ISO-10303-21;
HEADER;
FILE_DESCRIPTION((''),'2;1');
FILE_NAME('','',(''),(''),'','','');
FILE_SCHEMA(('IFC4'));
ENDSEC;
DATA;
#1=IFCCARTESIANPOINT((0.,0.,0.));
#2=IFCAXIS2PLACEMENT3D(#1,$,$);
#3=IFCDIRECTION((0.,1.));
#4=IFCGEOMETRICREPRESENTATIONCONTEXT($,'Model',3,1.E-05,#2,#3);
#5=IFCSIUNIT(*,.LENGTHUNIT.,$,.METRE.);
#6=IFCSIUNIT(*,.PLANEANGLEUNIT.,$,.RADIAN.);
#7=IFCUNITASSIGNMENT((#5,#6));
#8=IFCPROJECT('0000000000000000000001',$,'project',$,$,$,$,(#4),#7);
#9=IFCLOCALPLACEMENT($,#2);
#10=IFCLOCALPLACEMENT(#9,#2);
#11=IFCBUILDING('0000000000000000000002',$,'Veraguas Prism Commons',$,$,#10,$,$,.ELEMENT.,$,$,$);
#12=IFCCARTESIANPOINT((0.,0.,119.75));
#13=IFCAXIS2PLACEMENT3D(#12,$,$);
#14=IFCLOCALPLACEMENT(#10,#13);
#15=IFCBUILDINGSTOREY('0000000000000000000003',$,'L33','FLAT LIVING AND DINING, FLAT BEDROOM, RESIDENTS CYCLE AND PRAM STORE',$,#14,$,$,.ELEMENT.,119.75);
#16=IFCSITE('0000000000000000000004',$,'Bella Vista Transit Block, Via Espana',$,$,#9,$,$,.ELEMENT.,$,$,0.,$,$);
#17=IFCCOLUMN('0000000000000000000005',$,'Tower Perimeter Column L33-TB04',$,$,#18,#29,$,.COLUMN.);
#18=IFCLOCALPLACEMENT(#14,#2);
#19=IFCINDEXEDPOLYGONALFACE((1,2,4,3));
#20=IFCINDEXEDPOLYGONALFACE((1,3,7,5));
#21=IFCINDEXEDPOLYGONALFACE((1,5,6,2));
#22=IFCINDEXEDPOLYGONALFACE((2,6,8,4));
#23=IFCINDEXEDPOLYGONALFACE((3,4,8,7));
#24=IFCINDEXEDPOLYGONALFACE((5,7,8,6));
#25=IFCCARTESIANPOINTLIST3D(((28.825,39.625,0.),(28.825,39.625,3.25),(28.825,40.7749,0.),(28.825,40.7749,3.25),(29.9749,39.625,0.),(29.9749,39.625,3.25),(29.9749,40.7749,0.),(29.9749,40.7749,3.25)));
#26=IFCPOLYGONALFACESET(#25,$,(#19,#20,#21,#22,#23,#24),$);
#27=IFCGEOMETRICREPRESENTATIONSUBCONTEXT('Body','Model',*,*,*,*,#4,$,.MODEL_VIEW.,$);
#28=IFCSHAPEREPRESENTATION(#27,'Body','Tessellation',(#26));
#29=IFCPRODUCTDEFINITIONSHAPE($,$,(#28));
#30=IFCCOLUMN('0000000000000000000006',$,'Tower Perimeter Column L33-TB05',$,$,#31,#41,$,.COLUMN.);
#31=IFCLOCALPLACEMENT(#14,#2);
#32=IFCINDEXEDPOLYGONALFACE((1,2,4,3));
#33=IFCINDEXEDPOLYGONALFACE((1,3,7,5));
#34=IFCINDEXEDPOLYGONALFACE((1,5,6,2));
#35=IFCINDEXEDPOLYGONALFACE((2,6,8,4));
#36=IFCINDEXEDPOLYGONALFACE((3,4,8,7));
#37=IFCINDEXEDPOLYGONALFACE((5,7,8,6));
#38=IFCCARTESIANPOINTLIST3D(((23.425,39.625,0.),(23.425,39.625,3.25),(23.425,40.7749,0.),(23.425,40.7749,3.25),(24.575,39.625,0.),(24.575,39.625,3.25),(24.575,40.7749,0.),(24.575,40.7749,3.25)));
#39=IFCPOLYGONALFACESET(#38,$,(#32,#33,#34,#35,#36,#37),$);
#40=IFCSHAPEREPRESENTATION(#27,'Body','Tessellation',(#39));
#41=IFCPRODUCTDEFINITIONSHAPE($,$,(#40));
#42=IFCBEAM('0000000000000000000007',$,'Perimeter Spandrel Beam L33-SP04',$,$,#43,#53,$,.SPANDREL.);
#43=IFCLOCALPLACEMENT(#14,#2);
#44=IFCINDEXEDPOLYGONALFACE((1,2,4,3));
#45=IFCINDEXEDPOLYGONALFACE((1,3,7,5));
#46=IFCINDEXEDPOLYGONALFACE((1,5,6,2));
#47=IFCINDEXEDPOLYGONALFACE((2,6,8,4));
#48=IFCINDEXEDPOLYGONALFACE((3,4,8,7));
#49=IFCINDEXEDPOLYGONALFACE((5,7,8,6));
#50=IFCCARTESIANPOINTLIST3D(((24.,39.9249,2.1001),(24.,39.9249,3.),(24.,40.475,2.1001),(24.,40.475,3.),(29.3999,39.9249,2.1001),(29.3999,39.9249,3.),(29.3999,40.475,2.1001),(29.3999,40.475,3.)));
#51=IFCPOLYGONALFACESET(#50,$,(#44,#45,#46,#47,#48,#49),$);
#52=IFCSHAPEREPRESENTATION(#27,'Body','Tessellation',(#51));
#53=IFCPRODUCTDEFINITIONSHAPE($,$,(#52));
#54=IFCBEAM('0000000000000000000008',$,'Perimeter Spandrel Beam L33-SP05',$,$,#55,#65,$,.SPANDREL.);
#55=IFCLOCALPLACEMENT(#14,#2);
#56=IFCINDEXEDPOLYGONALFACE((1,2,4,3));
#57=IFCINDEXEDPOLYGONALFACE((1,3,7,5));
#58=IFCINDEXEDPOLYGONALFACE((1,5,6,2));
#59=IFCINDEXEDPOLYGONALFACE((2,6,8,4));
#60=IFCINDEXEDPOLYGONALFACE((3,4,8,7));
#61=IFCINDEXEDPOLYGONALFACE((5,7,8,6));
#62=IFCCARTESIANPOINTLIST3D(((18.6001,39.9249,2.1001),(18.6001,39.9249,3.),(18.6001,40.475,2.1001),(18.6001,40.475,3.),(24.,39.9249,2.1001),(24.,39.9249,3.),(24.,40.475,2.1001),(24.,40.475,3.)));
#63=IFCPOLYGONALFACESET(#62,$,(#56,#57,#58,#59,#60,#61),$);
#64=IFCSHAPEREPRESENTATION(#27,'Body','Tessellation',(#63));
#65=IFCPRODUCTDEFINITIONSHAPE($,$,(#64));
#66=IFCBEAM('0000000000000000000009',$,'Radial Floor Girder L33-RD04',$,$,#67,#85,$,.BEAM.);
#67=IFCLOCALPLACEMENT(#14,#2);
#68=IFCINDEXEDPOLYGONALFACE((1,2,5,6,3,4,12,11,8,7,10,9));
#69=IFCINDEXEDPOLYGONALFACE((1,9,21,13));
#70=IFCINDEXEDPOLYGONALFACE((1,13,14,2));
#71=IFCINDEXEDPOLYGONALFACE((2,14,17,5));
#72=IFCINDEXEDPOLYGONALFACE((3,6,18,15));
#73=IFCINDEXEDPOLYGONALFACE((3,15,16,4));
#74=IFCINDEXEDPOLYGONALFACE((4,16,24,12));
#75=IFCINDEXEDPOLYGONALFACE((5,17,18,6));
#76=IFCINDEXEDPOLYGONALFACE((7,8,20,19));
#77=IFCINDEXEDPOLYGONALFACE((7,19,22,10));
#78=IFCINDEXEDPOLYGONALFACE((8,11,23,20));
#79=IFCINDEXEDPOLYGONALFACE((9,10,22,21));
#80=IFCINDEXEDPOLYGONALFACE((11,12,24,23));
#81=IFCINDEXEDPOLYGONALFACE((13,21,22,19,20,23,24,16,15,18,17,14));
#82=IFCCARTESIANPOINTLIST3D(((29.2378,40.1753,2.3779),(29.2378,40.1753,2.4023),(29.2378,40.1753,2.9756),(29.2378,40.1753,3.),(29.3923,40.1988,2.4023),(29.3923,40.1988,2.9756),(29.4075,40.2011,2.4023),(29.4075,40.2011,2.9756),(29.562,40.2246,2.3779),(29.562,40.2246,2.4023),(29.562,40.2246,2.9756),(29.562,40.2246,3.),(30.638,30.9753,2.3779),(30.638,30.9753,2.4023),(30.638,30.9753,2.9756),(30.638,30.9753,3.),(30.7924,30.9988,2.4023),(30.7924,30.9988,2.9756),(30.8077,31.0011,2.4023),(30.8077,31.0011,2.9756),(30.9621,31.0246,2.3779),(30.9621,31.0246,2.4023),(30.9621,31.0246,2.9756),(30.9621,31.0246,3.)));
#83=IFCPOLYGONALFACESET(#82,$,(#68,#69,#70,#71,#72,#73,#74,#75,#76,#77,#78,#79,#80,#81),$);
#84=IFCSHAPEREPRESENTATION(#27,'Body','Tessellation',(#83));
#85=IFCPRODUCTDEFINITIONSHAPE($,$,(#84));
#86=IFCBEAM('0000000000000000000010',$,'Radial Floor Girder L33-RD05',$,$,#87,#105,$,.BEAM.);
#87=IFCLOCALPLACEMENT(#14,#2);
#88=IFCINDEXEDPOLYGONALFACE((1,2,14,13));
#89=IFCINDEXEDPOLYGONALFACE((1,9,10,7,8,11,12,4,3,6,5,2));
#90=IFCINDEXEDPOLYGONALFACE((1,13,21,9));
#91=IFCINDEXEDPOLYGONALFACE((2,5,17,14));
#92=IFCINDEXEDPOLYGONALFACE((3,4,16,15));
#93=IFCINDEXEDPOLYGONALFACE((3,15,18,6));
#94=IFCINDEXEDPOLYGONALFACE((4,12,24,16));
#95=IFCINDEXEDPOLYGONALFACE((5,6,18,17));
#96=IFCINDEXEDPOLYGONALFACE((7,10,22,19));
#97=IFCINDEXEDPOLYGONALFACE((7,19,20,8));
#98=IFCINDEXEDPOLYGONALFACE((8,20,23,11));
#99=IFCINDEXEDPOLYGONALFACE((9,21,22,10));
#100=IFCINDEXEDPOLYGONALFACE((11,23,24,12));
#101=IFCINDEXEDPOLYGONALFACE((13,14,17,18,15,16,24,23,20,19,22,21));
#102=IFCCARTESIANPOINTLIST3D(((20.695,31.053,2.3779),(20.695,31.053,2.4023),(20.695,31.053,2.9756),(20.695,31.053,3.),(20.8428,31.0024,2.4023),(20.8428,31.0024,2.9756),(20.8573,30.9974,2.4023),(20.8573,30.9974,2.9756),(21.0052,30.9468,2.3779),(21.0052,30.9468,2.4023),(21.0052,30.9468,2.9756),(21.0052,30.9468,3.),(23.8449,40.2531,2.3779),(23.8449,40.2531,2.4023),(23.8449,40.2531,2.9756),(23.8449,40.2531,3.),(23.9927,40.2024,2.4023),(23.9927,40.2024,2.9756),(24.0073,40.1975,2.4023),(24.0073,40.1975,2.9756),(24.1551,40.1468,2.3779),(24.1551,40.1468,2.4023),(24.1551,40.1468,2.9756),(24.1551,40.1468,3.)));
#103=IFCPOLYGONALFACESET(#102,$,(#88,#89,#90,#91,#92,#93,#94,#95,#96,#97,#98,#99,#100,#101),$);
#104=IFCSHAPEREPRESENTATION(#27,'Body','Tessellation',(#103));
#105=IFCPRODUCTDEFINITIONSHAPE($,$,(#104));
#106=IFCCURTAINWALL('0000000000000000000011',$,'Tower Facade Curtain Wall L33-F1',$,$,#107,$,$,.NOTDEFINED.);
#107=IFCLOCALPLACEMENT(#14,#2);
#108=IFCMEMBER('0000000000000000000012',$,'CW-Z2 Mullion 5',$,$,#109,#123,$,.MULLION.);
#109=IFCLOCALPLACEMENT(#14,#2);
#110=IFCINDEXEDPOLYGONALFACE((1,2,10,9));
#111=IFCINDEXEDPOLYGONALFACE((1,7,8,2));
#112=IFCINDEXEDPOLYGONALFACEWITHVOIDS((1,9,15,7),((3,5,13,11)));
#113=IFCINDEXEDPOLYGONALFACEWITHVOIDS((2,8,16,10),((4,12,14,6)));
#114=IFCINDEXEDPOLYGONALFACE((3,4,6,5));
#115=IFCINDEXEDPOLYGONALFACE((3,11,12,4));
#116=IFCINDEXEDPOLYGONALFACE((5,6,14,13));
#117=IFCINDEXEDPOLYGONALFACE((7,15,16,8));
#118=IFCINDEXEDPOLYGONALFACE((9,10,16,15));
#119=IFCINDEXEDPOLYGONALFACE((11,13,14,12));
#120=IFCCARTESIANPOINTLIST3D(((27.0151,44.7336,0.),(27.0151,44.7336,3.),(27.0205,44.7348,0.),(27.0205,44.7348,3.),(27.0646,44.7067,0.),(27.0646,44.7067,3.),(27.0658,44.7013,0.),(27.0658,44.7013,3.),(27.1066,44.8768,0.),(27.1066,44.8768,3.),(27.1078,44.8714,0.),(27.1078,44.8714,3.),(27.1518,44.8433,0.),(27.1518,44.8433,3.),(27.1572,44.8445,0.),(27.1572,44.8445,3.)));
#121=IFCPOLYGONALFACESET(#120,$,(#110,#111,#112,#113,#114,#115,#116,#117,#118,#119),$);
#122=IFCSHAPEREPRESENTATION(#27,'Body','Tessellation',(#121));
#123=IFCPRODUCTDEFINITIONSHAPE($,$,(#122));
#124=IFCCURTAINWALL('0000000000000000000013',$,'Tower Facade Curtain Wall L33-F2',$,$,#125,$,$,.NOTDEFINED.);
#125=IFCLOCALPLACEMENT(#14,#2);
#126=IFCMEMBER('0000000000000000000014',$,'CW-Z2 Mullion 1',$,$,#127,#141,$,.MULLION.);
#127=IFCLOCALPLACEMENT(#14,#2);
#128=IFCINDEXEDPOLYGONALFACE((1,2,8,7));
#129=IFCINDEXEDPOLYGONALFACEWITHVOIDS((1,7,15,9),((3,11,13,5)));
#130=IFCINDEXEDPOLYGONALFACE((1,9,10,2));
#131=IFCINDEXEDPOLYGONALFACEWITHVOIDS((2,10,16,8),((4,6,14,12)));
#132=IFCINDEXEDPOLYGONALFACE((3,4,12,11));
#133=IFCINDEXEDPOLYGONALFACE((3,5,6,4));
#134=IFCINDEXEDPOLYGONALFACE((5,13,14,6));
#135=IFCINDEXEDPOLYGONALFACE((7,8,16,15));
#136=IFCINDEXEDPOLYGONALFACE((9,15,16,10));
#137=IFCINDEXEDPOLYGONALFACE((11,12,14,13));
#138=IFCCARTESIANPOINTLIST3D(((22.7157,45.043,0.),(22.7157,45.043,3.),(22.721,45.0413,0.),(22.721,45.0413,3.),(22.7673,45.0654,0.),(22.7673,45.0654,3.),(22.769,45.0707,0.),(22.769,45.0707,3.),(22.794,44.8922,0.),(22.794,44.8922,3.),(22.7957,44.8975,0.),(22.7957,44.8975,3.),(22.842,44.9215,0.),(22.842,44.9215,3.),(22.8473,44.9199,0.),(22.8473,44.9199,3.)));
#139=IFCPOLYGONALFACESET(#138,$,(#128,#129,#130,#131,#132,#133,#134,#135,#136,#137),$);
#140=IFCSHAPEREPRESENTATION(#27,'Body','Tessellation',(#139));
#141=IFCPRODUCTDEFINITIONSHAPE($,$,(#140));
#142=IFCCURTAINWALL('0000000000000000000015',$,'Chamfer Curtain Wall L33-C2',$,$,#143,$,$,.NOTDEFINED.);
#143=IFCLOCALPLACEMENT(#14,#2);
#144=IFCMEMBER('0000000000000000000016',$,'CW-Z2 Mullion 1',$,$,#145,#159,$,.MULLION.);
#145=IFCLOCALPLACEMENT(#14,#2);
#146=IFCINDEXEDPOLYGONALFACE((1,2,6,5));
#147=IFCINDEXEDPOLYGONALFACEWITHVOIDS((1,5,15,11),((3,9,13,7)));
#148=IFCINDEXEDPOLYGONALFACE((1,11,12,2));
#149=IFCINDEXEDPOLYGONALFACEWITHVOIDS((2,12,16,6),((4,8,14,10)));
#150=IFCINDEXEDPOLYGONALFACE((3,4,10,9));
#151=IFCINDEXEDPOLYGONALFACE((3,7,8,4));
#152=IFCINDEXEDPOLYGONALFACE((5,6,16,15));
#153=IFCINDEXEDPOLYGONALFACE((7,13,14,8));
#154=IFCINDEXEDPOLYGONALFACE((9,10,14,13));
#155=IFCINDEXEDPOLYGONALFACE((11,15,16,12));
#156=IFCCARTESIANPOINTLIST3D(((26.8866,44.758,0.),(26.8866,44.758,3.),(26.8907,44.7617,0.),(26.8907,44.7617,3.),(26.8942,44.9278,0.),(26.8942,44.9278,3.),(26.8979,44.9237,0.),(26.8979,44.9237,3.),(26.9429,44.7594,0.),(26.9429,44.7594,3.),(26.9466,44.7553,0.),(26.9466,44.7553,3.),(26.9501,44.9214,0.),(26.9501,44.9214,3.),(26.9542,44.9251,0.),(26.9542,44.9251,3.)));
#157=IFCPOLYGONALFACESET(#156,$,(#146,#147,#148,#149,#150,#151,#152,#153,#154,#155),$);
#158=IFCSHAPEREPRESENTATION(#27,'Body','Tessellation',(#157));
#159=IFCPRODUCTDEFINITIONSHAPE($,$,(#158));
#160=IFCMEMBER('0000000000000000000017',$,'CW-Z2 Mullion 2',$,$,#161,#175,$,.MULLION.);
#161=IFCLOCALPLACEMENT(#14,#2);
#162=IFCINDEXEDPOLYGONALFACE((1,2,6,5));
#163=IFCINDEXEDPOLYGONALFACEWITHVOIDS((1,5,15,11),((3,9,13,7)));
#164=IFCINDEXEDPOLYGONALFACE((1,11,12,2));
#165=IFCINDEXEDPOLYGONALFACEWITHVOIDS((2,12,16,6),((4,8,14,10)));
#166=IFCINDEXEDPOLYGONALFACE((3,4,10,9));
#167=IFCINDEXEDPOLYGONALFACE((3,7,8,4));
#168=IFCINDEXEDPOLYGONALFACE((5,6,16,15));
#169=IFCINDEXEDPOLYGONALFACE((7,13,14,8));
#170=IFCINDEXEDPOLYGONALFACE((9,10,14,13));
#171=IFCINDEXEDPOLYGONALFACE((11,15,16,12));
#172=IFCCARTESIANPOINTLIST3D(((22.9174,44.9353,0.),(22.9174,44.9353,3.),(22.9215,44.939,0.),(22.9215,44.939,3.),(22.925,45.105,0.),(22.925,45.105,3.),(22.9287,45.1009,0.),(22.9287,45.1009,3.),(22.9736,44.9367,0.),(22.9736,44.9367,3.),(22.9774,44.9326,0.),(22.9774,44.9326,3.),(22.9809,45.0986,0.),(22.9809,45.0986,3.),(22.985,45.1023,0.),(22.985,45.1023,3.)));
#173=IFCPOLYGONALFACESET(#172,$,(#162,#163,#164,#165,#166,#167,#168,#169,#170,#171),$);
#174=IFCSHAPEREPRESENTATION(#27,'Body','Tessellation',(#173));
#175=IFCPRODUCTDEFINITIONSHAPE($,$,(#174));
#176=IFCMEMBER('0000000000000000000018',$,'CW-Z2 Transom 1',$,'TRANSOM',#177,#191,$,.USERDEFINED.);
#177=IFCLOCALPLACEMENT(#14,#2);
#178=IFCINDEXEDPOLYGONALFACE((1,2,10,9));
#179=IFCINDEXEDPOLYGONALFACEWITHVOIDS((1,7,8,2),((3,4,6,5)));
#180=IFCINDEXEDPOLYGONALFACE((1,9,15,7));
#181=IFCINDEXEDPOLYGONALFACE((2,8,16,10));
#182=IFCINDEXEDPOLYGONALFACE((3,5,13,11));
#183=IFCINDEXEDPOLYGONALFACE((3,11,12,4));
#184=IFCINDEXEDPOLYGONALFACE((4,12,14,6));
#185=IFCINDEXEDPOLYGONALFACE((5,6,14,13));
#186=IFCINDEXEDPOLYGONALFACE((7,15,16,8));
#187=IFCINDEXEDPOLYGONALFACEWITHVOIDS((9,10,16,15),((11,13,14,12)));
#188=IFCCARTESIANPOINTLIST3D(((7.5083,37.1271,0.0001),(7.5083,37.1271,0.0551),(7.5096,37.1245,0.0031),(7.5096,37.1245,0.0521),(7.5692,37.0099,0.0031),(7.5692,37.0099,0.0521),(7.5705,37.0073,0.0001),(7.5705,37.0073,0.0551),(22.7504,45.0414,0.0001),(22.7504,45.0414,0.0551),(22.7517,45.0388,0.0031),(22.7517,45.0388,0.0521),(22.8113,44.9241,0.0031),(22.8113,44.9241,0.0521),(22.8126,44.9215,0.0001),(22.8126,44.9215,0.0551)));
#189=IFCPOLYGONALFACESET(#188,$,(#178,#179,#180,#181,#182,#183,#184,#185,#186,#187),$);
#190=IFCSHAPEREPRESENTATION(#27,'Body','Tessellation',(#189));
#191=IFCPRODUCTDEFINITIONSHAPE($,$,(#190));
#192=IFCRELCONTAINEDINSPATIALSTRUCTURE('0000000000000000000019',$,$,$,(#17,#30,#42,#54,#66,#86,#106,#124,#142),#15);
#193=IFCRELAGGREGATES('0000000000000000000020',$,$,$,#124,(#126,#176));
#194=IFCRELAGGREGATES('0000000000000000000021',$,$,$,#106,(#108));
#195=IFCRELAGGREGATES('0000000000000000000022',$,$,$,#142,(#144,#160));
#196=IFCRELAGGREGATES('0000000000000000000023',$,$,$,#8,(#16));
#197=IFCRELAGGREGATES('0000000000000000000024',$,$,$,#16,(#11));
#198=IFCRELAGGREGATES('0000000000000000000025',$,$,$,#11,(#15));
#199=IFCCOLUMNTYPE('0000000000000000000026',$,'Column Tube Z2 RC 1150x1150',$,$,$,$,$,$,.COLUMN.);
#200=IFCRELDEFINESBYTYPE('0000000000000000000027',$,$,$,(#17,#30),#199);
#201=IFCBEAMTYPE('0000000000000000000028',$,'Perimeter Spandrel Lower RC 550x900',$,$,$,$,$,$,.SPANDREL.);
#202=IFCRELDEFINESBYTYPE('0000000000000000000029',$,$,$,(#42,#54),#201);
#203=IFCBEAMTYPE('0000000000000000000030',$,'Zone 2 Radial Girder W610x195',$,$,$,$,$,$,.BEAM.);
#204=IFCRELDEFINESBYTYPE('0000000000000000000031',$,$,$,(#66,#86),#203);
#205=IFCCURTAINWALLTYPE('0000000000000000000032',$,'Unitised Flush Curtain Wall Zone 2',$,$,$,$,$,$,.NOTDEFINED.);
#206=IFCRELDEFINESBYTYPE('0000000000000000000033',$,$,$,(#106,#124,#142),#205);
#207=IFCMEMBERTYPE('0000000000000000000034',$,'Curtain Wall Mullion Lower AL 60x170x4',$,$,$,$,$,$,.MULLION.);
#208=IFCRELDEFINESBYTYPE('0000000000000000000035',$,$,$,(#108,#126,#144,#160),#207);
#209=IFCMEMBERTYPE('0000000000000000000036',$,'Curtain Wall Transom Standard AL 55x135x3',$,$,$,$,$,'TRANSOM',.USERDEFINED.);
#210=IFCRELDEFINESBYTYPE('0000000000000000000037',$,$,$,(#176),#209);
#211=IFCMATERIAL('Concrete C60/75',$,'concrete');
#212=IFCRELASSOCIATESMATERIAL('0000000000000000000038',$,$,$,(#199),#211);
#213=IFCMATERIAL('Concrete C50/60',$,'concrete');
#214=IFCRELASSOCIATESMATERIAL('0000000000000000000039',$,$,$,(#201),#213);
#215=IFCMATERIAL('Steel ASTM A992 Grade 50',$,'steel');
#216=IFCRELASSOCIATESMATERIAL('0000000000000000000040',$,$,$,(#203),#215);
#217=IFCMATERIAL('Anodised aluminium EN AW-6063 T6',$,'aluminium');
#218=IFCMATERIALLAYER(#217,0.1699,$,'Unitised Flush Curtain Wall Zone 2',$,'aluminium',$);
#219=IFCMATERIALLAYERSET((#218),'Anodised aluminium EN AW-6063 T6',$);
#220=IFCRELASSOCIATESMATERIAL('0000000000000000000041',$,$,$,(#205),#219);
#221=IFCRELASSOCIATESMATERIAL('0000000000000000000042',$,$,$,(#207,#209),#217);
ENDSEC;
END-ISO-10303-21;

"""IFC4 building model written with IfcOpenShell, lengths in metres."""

from ifc_helpers import new_model, si_unit, direction, frame, origin, origin_2d, place, context, subcontext, project, spatial, rectangle, hollow_rectangle, i_section, extrude, source, transform, mapped, material, layer, layer_set, material_profile, profile_set, type_object, element, aggregate, save


model = new_model("IFC4")

# Units and contexts
model_context = context("Model", 3, precision=1e-05, world=origin(), true_north=direction((0.0, 1.0)))
body_context = subcontext(model_context, "Body", "Model", "MODEL_VIEW")
ifc_project = project(units=[si_unit("LENGTHUNIT", "METRE"), si_unit("PLANEANGLEUNIT", "RADIAN")], contexts=[model_context])

# Site, building, storey
site_placement = place(None, origin())
site = spatial("IfcSite", under=ifc_project, at=site_placement, Name="Bella Vista Transit Block, Via Espana", CompositionType="ELEMENT", RefElevation=0.0)
building_placement = place(site_placement, origin())
building = spatial("IfcBuilding", under=site, at=building_placement, Name="Veraguas Prism Commons", CompositionType="ELEMENT")
storey_placement = place(building_placement, frame((0.0, 0.0, 119.75)))
storey = spatial("IfcBuildingStorey", under=building, at=storey_placement, Name="L33", Description="FLAT LIVING AND DINING, FLAT BEDROOM, RESIDENTS CYCLE AND PRAM STORE", CompositionType="ELEMENT", Elevation=119.75)

# Columns
ifc_material_1 = material(Name="Concrete C60/75", Category="concrete")
ifc_material_profile_1 = material_profile(ifc_material_1, rectangle(XDim=1.1499, YDim=1.1499, at=origin_2d()), Name="RC1150X1150")
ifc_profile_set_1 = profile_set([ifc_material_profile_1], Name="Concrete C60/75")
column_type = type_object("IfcColumnType", Name="Column Tube Z2 RC 1150x1150", PredefinedType="COLUMN", material=ifc_profile_set_1)
for number, where, z_axis, x_axis, name in (
    (1, (29.3999, 40.2, 0.0), (0.0, 0.0, 1.0), (1.0, 0.0, 0.0), "Tower Perimeter Column L33-TB04"),
    (2, (24.0, 40.2, 0.0), (0.0, 0.0, 1.0), (1.0, 0.0, 0.0), "Tower Perimeter Column L33-TB05"),
):
    element("IfcColumn", number, at=place(storey_placement, frame(where, z_axis=z_axis, x_axis=x_axis)), inside=storey, type_object=column_type, Name=name, PredefinedType="COLUMN", context=body_context, shape_type="SweptSolid", body=[
        extrude(rectangle(XDim=1.1499, YDim=1.1499, at=origin_2d()), origin(), (0.0, 0.0, 1.0), 3.25),
    ])

# Beams
ifc_material_2 = material(Name="Concrete C50/60", Category="concrete")
ifc_material_profile_2 = material_profile(ifc_material_2, rectangle(XDim=0.55, YDim=0.8999, at=origin_2d()), Name="RC550X900")
ifc_profile_set_2 = profile_set([ifc_material_profile_2], Name="Concrete C50/60")
beam_type_1 = type_object("IfcBeamType", Name="Perimeter Spandrel Lower RC 550x900", PredefinedType="SPANDREL", material=ifc_profile_set_2)
for number, where, z_axis, x_axis, name in (
    (3, (29.3999, 40.2, 2.55), (-1.0, 0.0, 0.0), (0.0, -1.0, 0.0), "Perimeter Spandrel Beam L33-SP04"),
    (4, (24.0, 40.2, 2.55), (-1.0, 0.0, 0.0), (0.0, -1.0, 0.0), "Perimeter Spandrel Beam L33-SP05"),
):
    element("IfcBeam", number, at=place(storey_placement, frame(where, z_axis=z_axis, x_axis=x_axis)), inside=storey, type_object=beam_type_1, Name=name, PredefinedType="SPANDREL", context=body_context, shape_type="SweptSolid", body=[
        extrude(rectangle(XDim=0.55, YDim=0.8999, at=origin_2d()), origin(), (0.0, 0.0, 1.0), 5.3999),
    ])
ifc_material_3 = material(Name="Steel ASTM A992 Grade 50", Category="steel")
ifc_material_profile_3 = material_profile(ifc_material_3, i_section(OverallWidth=0.3279, OverallDepth=0.6221, WebThickness=0.0154, FlangeThickness=0.0244, at=origin_2d()), Name="W610X195")
ifc_profile_set_3 = profile_set([ifc_material_profile_3], Name="Steel ASTM A992 Grade 50")
beam_type_2 = type_object("IfcBeamType", Name="Zone 2 Radial Girder W610x195", PredefinedType="BEAM", material=ifc_profile_set_3)
beam_1_placement = place(storey_placement, frame((29.3999, 40.2, 2.689), z_axis=(0.150458, -0.988616, 0.0), x_axis=(0.988616, 0.150458, 0.0)))
element("IfcBeam", 5, at=beam_1_placement, inside=storey, type_object=beam_type_2, Name="Radial Floor Girder L33-RD04", PredefinedType="BEAM", context=body_context, shape_type="SweptSolid", body=[
    extrude(i_section(OverallWidth=0.3279, OverallDepth=0.6221, WebThickness=0.0154, FlangeThickness=0.0244, at=origin_2d()), origin(), (0.0, 0.0, 1.0), 9.3059),
])
beam_2_placement = place(storey_placement, frame((24.0, 40.2, 2.689), z_axis=(-0.323922, -0.946084, 0.0), x_axis=(0.946084, -0.323922, 0.0)))
element("IfcBeam", 6, at=beam_2_placement, inside=storey, type_object=beam_type_2, Name="Radial Floor Girder L33-RD05", PredefinedType="BEAM", context=body_context, shape_type="SweptSolid", body=[
    extrude(i_section(OverallWidth=0.3279, OverallDepth=0.6221, WebThickness=0.0154, FlangeThickness=0.0244, at=origin_2d()), origin(), (0.0, 0.0, 1.0), 9.7244),
])

# Curtain walls, members
ifc_material_4 = material(Name="Anodised aluminium EN AW-6063 T6", Category="aluminium")
ifc_layer_1 = layer(ifc_material_4, 0.1699, Name="Unitised Flush Curtain Wall Zone 2", Category="aluminium")
ifc_layer_set_1 = layer_set([ifc_layer_1], Name="Anodised aluminium EN AW-6063 T6")
curtain_wall_type = type_object("IfcCurtainWallType", Name="Unitised Flush Curtain Wall Zone 2", PredefinedType="NOTDEFINED", material=ifc_layer_set_1)
curtain_wall_1_placement = place(storey_placement, origin())
curtain_wall_1 = element("IfcCurtainWall", 7, at=curtain_wall_1_placement, inside=storey, type_object=curtain_wall_type, Name="Tower Facade Curtain Wall L33-F1", PredefinedType="NOTDEFINED")
ifc_material_profile_4 = material_profile(ifc_material_4, hollow_rectangle(XDim=0.0601, YDim=0.1699, WallThickness=0.0039, at=origin_2d()), Name="AL60X170X4")
ifc_profile_set_4 = profile_set([ifc_material_profile_4], Name="Anodised aluminium EN AW-6063 T6")
member_type_1 = type_object("IfcMemberType", Name="Curtain Wall Mullion Lower AL 60x170x4", PredefinedType="MULLION", material=ifc_profile_set_4)
shared_shape_1 = source(origin(), body_context, "Body", "SweptSolid", [
    extrude(hollow_rectangle(XDim=0.0601, YDim=0.1699, WallThickness=0.0039, at=origin_2d()), origin(), (0.0, 0.0, 1.0), 3.0),
])
member_1_placement = place(storey_placement, frame((27.0862, 44.7891, 0.0), z_axis=(0.0, 0.0, 1.0), x_axis=(-0.842827, 0.538184, 0.0)))
member_1 = element("IfcMember", 8, at=member_1_placement, type_object=member_type_1, Name="CW-Z2 Mullion 5", PredefinedType="MULLION", context=body_context, shape_type="MappedRepresentation", body=[
    mapped(shared_shape_1, transform((0.0, 0.0, 0.0), scale=1.0)),
])
curtain_wall_2_placement = place(storey_placement, origin())
curtain_wall_2 = element("IfcCurtainWall", 9, at=curtain_wall_2_placement, inside=storey, type_object=curtain_wall_type, Name="Tower Facade Curtain Wall L33-F2", PredefinedType="NOTDEFINED")
member_2_placement = place(storey_placement, frame((22.7815, 44.9814, 0.0), z_axis=(0.0, 0.0, 1.0), x_axis=(-0.887494, -0.460819, 0.0)))
member_2 = element("IfcMember", 10, at=member_2_placement, type_object=member_type_1, Name="CW-Z2 Mullion 1", PredefinedType="MULLION", context=body_context, shape_type="MappedRepresentation", body=[
    mapped(shared_shape_1, transform((0.0, 0.0, 0.0), scale=1.0)),
])

# Curtain wall, members
curtain_wall_3_placement = place(storey_placement, origin())
curtain_wall_3 = element("IfcCurtainWall", 11, at=curtain_wall_3_placement, inside=storey, type_object=curtain_wall_type, Name="Chamfer Curtain Wall L33-C2", PredefinedType="NOTDEFINED")
member_3_placement = place(storey_placement, frame((26.9204, 44.8416, 0.0), z_axis=(0.0, 0.0, 1.0), x_axis=(-0.999003, 0.044653, 0.0)))
member_3 = element("IfcMember", 12, at=member_3_placement, type_object=member_type_1, Name="CW-Z2 Mullion 1", PredefinedType="MULLION", context=body_context, shape_type="MappedRepresentation", body=[
    mapped(shared_shape_1, transform((0.0, 0.0, 0.0), scale=1.0)),
])
member_4_placement = place(storey_placement, frame((22.9512, 45.0188, 0.0), z_axis=(0.0, 0.0, 1.0), x_axis=(-0.999003, 0.044653, 0.0)))
member_4 = element("IfcMember", 13, at=member_4_placement, type_object=member_type_1, Name="CW-Z2 Mullion 2", PredefinedType="MULLION", context=body_context, shape_type="MappedRepresentation", body=[
    mapped(shared_shape_1, transform((0.0, 0.0, 0.0), scale=1.0)),
])

# Member
ifc_material_profile_5 = material_profile(ifc_material_4, hollow_rectangle(XDim=0.0549, YDim=0.135, WallThickness=0.0029, at=origin_2d()), Name="AL55X135X3")
ifc_profile_set_5 = profile_set([ifc_material_profile_5], Name="Anodised aluminium EN AW-6063 T6")
member_type_2 = type_object("IfcMemberType", Name="Curtain Wall Transom Standard AL 55x135x3", ElementType="TRANSOM", PredefinedType="USERDEFINED", material=ifc_profile_set_5)
shared_shape_2 = source(origin(), body_context, "Body", "SweptSolid", [
    extrude(hollow_rectangle(XDim=0.0549, YDim=0.135, WallThickness=0.0029, at=origin_2d()), origin(), (0.0, 0.0, 1.0), 17.1743),
])
member_5_placement = place(storey_placement, frame((22.7815, 44.9814, 0.0276), z_axis=(-0.887494, -0.46082, 0.0), x_axis=(0.0, 0.0, 1.0)))
member_5 = element("IfcMember", 14, at=member_5_placement, type_object=member_type_2, Name="CW-Z2 Transom 1", ObjectType="TRANSOM", PredefinedType="USERDEFINED", context=body_context, shape_type="MappedRepresentation", body=[
    mapped(shared_shape_2, transform((0.0, 0.0, 0.0), scale=1.0)),
])
aggregate(curtain_wall_2, [member_2, member_5])

aggregate(curtain_wall_1, [member_1])
aggregate(curtain_wall_3, [member_3, member_4])

save(model, "model.ifc")
